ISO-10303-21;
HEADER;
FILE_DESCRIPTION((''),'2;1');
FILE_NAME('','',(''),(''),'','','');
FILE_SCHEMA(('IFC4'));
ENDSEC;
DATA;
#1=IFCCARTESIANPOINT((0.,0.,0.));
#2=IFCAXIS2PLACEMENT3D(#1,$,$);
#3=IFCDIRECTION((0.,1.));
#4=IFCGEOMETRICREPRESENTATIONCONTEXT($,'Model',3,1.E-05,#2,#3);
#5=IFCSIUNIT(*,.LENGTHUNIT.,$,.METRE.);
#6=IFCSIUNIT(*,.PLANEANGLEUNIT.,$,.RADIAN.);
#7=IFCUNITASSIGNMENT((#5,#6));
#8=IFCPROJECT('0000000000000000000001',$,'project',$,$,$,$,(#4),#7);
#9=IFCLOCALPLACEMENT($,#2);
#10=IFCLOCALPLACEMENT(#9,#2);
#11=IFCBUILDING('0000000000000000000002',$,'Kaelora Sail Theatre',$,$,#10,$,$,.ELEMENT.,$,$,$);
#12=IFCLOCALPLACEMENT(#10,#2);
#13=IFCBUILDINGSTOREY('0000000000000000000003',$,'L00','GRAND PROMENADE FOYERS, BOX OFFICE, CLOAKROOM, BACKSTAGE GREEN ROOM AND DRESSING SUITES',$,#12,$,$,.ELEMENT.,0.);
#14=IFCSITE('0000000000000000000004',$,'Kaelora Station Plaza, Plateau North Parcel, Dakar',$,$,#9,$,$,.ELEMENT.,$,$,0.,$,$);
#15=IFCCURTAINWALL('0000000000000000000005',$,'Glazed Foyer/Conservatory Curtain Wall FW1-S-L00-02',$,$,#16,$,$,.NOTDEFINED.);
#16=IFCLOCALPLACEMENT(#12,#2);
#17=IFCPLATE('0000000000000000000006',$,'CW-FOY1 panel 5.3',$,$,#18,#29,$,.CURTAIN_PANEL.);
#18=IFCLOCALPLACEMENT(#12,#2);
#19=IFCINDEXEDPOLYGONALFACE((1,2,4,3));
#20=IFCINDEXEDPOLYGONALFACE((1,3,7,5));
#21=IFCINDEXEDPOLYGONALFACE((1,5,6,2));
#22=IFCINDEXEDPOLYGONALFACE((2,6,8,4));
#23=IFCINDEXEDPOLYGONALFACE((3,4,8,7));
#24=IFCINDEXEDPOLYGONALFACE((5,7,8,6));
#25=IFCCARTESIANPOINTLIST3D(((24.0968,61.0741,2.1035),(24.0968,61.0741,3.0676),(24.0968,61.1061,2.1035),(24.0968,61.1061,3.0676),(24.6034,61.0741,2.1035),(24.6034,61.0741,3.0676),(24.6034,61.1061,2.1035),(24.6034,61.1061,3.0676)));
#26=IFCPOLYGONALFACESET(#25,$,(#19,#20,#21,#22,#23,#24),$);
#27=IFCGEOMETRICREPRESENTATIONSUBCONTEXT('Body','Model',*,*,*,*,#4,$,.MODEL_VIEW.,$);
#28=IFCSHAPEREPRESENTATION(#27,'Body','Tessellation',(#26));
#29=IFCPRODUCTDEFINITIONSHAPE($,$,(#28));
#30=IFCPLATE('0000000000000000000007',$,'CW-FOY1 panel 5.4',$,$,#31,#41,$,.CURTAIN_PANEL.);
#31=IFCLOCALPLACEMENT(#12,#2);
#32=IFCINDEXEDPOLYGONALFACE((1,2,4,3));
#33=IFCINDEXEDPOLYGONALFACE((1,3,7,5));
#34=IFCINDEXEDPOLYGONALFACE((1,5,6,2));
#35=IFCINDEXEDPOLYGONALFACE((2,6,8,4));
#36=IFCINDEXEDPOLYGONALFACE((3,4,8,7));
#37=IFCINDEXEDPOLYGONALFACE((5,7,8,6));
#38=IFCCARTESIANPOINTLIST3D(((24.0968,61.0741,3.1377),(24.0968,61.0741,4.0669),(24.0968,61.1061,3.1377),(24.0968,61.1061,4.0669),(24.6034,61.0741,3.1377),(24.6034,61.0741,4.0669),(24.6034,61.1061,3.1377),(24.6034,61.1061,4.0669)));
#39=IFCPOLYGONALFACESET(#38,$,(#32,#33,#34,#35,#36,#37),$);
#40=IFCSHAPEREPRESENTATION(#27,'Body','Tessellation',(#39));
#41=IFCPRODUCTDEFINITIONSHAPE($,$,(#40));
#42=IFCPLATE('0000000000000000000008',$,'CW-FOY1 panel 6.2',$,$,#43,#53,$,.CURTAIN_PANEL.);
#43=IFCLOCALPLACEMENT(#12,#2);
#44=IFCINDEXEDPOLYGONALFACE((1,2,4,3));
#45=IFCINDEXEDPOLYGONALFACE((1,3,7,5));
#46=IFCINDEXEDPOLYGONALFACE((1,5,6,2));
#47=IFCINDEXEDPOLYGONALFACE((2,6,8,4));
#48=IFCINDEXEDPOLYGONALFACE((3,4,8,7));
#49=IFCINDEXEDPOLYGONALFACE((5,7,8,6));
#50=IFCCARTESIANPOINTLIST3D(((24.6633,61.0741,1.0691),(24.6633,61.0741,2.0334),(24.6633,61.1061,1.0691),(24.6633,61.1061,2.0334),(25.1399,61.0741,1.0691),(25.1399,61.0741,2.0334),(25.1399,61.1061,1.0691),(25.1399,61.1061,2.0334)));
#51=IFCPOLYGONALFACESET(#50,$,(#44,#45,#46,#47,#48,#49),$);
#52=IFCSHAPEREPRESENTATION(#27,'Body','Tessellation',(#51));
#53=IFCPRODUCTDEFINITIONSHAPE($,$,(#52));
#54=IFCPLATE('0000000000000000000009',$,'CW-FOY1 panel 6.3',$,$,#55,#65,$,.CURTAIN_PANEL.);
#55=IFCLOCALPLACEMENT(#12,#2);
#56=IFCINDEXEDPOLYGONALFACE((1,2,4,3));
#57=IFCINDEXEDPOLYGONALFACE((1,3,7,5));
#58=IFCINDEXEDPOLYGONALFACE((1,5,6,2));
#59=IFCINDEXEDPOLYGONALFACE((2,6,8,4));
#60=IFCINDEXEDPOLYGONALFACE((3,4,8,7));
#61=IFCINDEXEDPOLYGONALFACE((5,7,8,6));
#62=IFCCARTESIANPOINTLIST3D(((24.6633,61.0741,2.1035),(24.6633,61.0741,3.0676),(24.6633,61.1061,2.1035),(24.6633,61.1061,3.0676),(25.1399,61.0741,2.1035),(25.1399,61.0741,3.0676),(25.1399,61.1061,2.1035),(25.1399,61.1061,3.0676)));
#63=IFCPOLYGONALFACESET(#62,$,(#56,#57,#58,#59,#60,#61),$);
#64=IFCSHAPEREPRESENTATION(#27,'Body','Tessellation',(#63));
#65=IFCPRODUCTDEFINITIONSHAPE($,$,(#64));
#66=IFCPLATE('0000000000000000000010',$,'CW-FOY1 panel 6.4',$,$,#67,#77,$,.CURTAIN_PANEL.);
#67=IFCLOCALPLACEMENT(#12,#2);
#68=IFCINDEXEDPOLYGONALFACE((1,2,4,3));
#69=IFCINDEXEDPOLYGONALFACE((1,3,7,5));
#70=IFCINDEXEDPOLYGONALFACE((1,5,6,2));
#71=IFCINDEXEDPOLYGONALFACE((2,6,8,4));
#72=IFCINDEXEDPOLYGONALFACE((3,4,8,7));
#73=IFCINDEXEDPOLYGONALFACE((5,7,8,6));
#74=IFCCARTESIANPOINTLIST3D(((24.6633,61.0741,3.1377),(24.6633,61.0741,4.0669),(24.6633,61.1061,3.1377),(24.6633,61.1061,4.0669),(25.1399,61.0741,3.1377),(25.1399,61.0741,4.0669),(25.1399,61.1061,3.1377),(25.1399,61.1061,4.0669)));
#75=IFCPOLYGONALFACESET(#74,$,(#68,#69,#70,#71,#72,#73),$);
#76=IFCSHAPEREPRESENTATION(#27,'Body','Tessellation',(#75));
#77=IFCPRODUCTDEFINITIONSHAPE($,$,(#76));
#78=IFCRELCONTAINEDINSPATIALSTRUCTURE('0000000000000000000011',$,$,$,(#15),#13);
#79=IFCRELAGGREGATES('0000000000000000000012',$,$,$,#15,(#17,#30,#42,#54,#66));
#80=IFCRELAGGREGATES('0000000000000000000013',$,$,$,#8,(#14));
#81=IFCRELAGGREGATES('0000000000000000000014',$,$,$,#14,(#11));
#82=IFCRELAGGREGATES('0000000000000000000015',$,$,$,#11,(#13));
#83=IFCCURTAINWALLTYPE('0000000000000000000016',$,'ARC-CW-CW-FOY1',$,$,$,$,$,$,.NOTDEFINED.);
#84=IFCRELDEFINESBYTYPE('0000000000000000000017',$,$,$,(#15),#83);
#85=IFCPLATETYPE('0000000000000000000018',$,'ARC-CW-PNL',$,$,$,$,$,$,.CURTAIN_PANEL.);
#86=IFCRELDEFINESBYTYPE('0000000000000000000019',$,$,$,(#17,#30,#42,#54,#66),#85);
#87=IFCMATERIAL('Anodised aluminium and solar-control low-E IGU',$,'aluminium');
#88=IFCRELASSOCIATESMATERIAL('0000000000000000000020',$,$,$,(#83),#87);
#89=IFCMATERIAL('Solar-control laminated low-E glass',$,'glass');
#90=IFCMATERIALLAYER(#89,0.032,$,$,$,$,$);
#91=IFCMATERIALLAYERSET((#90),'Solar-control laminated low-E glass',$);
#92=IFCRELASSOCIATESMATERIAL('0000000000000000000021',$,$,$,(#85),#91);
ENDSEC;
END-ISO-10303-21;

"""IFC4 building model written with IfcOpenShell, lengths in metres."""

from ifc_helpers import new_model, si_unit, direction, frame, origin, origin_2d, place, context, subcontext, project, spatial, rectangle, extrude, material, layer, layer_set, type_object, element, aggregate, save


model = new_model("IFC4")

# Units and contexts
model_context = context("Model", 3, precision=1e-05, world=origin(), true_north=direction((0.0, 1.0)))
body_context = subcontext(model_context, "Body", "Model", "MODEL_VIEW")
ifc_project = project(units=[si_unit("LENGTHUNIT", "METRE"), si_unit("PLANEANGLEUNIT", "RADIAN")], contexts=[model_context])

# Site, building, storey
site_placement = place(None, origin())
site = spatial("IfcSite", under=ifc_project, at=site_placement, Name="Kaelora Station Plaza, Plateau North Parcel, Dakar", CompositionType="ELEMENT", RefElevation=0.0)
building_placement = place(site_placement, origin())
building = spatial("IfcBuilding", under=site, at=building_placement, Name="Kaelora Sail Theatre", CompositionType="ELEMENT")
storey_placement = place(building_placement, origin())
storey = spatial("IfcBuildingStorey", under=building, at=storey_placement, Name="L00", Description="GRAND PROMENADE FOYERS, BOX OFFICE, CLOAKROOM, BACKSTAGE GREEN ROOM AND DRESSING SUITES", CompositionType="ELEMENT", Elevation=0.0)

# Curtain wall, plates
ifc_material_1 = material(Name="Anodised aluminium and solar-control low-E IGU", Category="aluminium")
curtain_wall_type = type_object("IfcCurtainWallType", Name="ARC-CW-CW-FOY1", PredefinedType="NOTDEFINED", material=ifc_material_1)
curtain_wall_placement = place(storey_placement, origin())
curtain_wall = element("IfcCurtainWall", 1, at=curtain_wall_placement, inside=storey, type_object=curtain_wall_type, Name="Glazed Foyer/Conservatory Curtain Wall FW1-S-L00-02", PredefinedType="NOTDEFINED")
ifc_material_2 = material(Name="Solar-control laminated low-E glass", Category="glass")
ifc_layer = layer(ifc_material_2, 0.032)
ifc_layer_set = layer_set([ifc_layer], Name="Solar-control laminated low-E glass")
plate_type = type_object("IfcPlateType", Name="ARC-CW-PNL", PredefinedType="CURTAIN_PANEL", material=ifc_layer_set)
plate_1_placement = place(storey_placement, frame((24.3501, 61.0901, 2.1035), z_axis=(0.0, 0.0, 1.0), x_axis=(1.0, 0.0, 0.0)))
plate_1 = element("IfcPlate", 2, at=plate_1_placement, type_object=plate_type, Name="CW-FOY1 panel 5.3", PredefinedType="CURTAIN_PANEL", context=body_context, shape_type="SweptSolid", body=[
    extrude(rectangle(XDim=0.5066, YDim=0.032, at=origin_2d()), origin(), (0.0, 0.0, 1.0), 0.9641),
])
plate_2_placement = place(storey_placement, frame((24.3501, 61.0901, 3.1377), z_axis=(0.0, 0.0, 1.0), x_axis=(1.0, 0.0, 0.0)))
plate_2 = element("IfcPlate", 3, at=plate_2_placement, type_object=plate_type, Name="CW-FOY1 panel 5.4", PredefinedType="CURTAIN_PANEL", context=body_context, shape_type="SweptSolid", body=[
    extrude(rectangle(XDim=0.5066, YDim=0.032, at=origin_2d()), origin(), (0.0, 0.0, 1.0), 0.9292),
])
plate_3_placement = place(storey_placement, frame((24.9016, 61.0901, 1.0691), z_axis=(0.0, 0.0, 1.0), x_axis=(1.0, 0.0, 0.0)))
plate_3 = element("IfcPlate", 4, at=plate_3_placement, type_object=plate_type, Name="CW-FOY1 panel 6.2", PredefinedType="CURTAIN_PANEL", context=body_context, shape_type="SweptSolid", body=[
    extrude(rectangle(XDim=0.4766, YDim=0.032, at=origin_2d()), origin(), (0.0, 0.0, 1.0), 0.9644),
])
plate_4_placement = place(storey_placement, frame((24.9016, 61.0901, 2.1035), z_axis=(0.0, 0.0, 1.0), x_axis=(1.0, 0.0, 0.0)))
plate_4 = element("IfcPlate", 5, at=plate_4_placement, type_object=plate_type, Name="CW-FOY1 panel 6.3", PredefinedType="CURTAIN_PANEL", context=body_context, shape_type="SweptSolid", body=[
    extrude(rectangle(XDim=0.4766, YDim=0.032, at=origin_2d()), origin(), (0.0, 0.0, 1.0), 0.9641),
])
plate_5_placement = place(storey_placement, frame((24.9016, 61.0901, 3.1377), z_axis=(0.0, 0.0, 1.0), x_axis=(1.0, 0.0, 0.0)))
plate_5 = element("IfcPlate", 6, at=plate_5_placement, type_object=plate_type, Name="CW-FOY1 panel 6.4", PredefinedType="CURTAIN_PANEL", context=body_context, shape_type="SweptSolid", body=[
    extrude(rectangle(XDim=0.4766, YDim=0.032, at=origin_2d()), origin(), (0.0, 0.0, 1.0), 0.9292),
])
aggregate(curtain_wall, [plate_1, plate_2, plate_3, plate_4, plate_5])

save(model, "model.ifc")
